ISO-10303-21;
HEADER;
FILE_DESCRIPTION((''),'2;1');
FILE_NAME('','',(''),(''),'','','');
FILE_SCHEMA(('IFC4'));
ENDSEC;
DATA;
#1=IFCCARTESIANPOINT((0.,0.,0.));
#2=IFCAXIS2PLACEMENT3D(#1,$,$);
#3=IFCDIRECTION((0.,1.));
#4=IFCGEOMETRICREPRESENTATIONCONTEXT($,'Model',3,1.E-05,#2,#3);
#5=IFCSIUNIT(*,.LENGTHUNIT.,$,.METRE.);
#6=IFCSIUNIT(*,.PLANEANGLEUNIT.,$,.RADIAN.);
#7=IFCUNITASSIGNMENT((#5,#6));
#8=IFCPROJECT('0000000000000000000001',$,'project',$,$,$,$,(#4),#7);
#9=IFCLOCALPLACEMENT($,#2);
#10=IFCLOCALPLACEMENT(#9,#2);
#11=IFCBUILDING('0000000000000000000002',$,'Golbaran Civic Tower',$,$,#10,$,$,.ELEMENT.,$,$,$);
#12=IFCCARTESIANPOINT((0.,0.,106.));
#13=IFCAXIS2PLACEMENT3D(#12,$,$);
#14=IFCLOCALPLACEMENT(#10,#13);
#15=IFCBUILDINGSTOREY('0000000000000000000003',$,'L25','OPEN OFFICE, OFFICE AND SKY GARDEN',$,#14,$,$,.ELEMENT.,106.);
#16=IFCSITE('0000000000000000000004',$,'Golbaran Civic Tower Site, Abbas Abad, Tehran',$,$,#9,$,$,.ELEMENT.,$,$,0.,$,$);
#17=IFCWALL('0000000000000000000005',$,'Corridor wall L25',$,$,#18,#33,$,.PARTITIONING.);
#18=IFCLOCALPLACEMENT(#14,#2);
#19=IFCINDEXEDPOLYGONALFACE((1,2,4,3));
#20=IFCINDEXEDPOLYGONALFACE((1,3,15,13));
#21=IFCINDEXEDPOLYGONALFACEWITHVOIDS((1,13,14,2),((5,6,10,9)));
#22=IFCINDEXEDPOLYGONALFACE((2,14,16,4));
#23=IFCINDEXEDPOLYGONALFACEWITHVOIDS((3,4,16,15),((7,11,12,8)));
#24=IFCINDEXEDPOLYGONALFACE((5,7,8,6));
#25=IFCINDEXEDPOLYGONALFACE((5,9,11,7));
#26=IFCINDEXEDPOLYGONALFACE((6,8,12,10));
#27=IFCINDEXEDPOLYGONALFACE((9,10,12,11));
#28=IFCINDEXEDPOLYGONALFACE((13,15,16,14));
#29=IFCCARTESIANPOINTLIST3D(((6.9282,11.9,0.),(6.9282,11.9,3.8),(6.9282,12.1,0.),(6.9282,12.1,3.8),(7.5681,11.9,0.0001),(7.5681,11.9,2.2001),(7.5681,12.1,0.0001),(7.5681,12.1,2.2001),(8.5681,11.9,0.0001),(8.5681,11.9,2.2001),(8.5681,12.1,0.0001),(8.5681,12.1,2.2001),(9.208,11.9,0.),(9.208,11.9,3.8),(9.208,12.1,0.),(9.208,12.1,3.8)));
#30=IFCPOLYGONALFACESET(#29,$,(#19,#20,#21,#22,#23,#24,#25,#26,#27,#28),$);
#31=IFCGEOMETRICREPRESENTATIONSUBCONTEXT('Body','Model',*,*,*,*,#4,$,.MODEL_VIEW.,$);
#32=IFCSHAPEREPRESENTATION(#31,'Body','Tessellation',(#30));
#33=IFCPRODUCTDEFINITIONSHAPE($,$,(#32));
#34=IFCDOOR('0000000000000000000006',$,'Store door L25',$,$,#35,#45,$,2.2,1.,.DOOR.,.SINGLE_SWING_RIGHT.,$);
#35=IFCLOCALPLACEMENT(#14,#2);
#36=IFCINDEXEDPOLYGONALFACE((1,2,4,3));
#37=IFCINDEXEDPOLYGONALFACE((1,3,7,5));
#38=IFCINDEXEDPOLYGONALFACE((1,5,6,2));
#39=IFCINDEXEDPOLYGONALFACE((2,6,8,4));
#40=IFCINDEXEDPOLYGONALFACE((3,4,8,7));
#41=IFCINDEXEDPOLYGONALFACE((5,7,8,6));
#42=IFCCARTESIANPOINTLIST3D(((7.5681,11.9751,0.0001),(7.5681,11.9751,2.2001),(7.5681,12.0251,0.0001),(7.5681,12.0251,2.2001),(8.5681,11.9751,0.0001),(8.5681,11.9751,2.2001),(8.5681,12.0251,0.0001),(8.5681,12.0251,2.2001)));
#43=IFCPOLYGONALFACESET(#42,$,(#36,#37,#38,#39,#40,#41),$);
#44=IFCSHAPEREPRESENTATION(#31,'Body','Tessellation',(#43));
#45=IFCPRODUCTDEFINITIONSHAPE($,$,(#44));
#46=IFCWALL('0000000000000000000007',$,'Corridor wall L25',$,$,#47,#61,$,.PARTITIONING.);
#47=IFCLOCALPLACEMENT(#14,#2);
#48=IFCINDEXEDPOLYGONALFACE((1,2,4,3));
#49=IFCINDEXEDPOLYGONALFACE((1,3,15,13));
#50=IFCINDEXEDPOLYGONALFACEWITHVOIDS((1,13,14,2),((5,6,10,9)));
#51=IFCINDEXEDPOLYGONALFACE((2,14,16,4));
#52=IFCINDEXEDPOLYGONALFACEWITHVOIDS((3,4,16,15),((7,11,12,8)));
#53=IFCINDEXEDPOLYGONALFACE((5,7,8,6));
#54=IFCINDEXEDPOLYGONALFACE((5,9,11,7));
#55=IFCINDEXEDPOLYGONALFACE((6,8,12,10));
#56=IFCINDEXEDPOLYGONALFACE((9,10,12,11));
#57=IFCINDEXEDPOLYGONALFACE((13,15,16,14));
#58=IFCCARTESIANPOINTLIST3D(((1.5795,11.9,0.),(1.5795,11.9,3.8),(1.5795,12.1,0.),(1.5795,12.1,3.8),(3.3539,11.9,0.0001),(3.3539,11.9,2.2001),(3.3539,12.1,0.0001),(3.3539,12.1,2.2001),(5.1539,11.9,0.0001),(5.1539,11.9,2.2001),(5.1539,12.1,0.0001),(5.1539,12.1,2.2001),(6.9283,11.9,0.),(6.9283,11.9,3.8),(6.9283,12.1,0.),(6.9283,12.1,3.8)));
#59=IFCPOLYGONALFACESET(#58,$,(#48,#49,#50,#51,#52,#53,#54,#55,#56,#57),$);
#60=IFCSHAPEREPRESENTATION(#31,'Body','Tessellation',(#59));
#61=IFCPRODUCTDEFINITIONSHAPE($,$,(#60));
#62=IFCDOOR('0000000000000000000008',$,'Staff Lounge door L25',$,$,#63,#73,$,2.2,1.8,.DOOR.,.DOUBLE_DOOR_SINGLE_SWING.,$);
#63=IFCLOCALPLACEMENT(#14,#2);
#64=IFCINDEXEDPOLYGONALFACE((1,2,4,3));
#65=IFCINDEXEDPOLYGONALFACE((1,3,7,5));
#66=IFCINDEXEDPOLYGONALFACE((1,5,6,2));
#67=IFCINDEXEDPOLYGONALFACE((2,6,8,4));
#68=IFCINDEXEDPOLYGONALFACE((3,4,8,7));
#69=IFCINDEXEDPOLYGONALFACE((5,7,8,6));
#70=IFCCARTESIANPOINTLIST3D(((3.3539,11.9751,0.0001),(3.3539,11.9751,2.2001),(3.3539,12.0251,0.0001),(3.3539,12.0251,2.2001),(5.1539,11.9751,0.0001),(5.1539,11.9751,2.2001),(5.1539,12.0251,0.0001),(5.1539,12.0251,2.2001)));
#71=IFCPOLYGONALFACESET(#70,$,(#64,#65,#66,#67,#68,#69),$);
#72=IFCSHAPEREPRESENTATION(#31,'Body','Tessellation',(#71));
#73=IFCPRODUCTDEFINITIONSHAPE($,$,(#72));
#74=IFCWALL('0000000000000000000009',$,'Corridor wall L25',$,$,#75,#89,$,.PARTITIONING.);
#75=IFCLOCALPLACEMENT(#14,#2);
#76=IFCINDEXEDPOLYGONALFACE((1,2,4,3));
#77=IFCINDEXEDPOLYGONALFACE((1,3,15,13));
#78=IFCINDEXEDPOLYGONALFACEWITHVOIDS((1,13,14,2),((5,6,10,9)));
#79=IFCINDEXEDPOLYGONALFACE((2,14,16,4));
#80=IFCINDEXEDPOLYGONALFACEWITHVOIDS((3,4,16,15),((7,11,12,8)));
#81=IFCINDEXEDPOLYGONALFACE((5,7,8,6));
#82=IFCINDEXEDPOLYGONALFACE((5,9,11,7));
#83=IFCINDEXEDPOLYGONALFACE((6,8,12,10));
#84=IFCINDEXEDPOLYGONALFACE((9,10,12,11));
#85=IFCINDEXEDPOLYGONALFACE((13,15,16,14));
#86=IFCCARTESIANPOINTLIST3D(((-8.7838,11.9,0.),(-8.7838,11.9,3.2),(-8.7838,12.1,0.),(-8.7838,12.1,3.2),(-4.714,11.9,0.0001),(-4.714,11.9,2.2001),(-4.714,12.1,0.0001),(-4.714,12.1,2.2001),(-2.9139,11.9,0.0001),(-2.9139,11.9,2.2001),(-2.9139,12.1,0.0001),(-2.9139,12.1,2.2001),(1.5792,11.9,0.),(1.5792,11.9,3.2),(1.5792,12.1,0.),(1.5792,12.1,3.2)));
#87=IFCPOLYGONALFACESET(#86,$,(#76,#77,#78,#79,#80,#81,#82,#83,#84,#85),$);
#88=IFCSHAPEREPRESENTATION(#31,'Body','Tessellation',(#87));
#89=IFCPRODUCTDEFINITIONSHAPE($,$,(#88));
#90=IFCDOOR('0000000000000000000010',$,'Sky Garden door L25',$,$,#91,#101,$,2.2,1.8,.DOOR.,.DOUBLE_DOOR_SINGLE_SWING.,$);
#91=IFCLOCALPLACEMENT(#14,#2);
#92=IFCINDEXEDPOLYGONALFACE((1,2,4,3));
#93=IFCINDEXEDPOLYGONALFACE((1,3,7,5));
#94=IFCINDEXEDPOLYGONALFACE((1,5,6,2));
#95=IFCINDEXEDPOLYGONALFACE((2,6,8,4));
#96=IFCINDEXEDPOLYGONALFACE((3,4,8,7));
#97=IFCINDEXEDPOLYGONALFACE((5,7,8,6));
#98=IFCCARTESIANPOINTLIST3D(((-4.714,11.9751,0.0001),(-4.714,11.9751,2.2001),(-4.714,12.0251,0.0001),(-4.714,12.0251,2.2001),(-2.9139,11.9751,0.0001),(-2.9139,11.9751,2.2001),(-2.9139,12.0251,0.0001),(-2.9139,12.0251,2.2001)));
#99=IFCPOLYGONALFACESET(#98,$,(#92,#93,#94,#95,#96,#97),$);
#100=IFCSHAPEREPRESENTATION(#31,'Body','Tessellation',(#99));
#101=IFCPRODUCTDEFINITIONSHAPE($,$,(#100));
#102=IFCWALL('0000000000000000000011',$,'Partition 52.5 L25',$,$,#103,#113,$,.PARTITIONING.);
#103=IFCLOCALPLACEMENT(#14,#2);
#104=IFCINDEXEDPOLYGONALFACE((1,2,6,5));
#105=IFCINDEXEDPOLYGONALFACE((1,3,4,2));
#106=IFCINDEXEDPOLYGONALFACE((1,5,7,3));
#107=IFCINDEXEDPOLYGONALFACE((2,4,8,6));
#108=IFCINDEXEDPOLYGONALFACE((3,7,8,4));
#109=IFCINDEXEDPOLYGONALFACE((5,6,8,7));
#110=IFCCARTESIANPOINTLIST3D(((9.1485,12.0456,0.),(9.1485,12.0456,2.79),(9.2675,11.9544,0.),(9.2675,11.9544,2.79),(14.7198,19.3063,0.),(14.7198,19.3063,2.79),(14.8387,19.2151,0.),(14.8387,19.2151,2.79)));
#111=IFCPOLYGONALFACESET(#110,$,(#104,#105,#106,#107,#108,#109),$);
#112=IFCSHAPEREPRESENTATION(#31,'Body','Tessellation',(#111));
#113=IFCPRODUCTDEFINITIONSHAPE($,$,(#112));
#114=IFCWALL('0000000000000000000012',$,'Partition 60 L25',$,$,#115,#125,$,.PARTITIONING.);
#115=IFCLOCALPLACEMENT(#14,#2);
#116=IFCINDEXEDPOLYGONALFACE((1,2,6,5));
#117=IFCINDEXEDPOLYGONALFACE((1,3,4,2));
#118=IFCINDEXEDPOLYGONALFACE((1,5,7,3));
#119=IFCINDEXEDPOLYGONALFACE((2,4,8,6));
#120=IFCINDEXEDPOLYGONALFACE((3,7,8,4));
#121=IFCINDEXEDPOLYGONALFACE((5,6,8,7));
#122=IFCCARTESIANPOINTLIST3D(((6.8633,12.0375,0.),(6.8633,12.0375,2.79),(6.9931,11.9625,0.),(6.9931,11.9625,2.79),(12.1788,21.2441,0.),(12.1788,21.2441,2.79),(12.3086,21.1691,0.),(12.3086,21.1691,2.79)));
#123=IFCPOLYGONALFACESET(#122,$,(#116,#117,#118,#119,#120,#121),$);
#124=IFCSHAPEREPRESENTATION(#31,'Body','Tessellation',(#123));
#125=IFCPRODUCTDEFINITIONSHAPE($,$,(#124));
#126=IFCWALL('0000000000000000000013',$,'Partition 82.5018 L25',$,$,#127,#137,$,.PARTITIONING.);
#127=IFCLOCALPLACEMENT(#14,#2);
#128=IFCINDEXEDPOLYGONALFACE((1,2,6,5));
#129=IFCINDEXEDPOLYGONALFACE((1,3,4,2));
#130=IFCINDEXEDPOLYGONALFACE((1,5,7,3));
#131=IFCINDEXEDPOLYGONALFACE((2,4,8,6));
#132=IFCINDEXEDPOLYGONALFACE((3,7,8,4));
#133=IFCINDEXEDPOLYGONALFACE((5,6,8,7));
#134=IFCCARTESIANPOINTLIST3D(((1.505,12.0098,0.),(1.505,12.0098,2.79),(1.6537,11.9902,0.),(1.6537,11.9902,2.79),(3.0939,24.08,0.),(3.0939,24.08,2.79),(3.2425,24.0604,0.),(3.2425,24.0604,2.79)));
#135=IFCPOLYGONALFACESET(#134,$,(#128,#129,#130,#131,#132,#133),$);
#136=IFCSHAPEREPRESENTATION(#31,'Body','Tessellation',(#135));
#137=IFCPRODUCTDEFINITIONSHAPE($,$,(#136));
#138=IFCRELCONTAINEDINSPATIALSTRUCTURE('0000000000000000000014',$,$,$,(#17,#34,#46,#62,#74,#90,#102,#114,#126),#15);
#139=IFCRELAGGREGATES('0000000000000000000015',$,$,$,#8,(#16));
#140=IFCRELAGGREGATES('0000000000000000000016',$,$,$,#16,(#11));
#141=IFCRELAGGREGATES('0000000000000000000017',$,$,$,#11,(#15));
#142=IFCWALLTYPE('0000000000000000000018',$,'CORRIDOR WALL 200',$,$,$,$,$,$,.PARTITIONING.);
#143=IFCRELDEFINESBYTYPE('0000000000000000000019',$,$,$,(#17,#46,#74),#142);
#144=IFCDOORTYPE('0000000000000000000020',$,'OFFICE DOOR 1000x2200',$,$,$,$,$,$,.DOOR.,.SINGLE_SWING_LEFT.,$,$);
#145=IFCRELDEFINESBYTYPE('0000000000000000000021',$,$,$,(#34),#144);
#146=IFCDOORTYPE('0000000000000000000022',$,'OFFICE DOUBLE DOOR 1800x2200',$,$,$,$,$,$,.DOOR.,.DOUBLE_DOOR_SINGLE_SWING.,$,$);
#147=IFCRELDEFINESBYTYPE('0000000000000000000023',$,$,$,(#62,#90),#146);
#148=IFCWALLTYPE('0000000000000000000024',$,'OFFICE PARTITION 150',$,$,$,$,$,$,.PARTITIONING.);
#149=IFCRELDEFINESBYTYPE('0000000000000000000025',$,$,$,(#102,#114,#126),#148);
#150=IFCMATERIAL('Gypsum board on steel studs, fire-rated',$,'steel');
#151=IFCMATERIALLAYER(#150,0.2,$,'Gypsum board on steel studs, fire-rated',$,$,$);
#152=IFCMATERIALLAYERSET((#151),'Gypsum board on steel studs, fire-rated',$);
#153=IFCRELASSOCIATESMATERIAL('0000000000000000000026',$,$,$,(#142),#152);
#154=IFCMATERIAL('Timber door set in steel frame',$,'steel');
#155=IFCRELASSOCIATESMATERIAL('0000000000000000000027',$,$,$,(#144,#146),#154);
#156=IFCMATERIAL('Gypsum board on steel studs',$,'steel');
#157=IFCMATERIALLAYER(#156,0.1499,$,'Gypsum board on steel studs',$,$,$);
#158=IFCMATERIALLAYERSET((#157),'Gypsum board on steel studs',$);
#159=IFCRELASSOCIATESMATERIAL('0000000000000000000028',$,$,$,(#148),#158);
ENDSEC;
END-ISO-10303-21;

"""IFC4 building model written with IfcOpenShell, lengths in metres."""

from ifc_helpers import new_model, si_unit, direction, frame, frame_2d, origin, place, context, subcontext, project, spatial, rectangle, extrude, material, layer, layer_set, type_object, element, fill, save


model = new_model("IFC4")

# Units and contexts
model_context = context("Model", 3, precision=1e-05, world=origin(), true_north=direction((0.0, 1.0)))
body_context = subcontext(model_context, "Body", "Model", "MODEL_VIEW")
ifc_project = project(units=[si_unit("LENGTHUNIT", "METRE"), si_unit("PLANEANGLEUNIT", "RADIAN")], contexts=[model_context])

# Site, building, storey
site_placement = place(None, origin())
site = spatial("IfcSite", under=ifc_project, at=site_placement, Name="Golbaran Civic Tower Site, Abbas Abad, Tehran", CompositionType="ELEMENT", RefElevation=0.0)
building_placement = place(site_placement, origin())
building = spatial("IfcBuilding", under=site, at=building_placement, Name="Golbaran Civic Tower", CompositionType="ELEMENT")
storey_placement = place(building_placement, frame((0.0, 0.0, 106.0)))
storey = spatial("IfcBuildingStorey", under=building, at=storey_placement, Name="L25", Description="OPEN OFFICE, OFFICE AND SKY GARDEN", CompositionType="ELEMENT", Elevation=106.0)

# Shared definitions
ifc_material_1 = material(Name="Timber door set in steel frame", Category="steel")

# Shared definitions
ifc_material_2 = material(Name="Gypsum board on steel studs, fire-rated", Category="steel")
ifc_layer_1 = layer(ifc_material_2, 0.2, Name="Gypsum board on steel studs, fire-rated")
ifc_layer_set_1 = layer_set([ifc_layer_1], Name="Gypsum board on steel studs, fire-rated")
wall_type_1 = type_object("IfcWallType", Name="CORRIDOR WALL 200", PredefinedType="PARTITIONING", material=ifc_layer_set_1)

# Walls, openings, doors
wall_1_placement = place(storey_placement, frame((9.208, 12.0, 0.0), z_axis=(0.0, 0.0, 1.0), x_axis=(-1.0, 0.0, 0.0)))
wall_1 = element("IfcWall", 1, at=wall_1_placement, inside=storey, type_object=wall_type_1, Name="Corridor wall L25", PredefinedType="PARTITIONING", context=body_context, shape_type="SweptSolid", body=[
    extrude(rectangle(XDim=2.2798, YDim=0.2, at=frame_2d((1.1399, 0.0))), origin(), (0.0, 0.0, 1.0), 3.8),
])
opening_1_placement = place(wall_1_placement, frame((0.6399, 0.0, 0.0)))
opening_1 = element("IfcOpeningElement", 2, at=opening_1_placement, cuts=wall_1, PredefinedType="OPENING", context=body_context, shape_type="SweptSolid", body=[
    extrude(rectangle(XDim=1.0, YDim=2.2, at=frame_2d((0.5, 1.1001))), frame((0.0, 0.1099, 0.0), z_axis=(0.0, -1.0, 0.0), x_axis=(1.0, 0.0, 0.0)), (0.0, 0.0, 1.0), 0.22),
])
door_type_1 = type_object("IfcDoorType", Name="OFFICE DOOR 1000x2200", OperationType="SINGLE_SWING_LEFT", PredefinedType="DOOR", material=ifc_material_1)
door_1_placement = place(opening_1_placement, origin())
door_1 = element("IfcDoor", 3, at=door_1_placement, inside=storey, type_object=door_type_1, Name="Store door L25", OperationType="SINGLE_SWING_RIGHT", OverallHeight=2.2, OverallWidth=1.0, PredefinedType="DOOR", context=body_context, shape_type="SweptSolid", body=[
    extrude(rectangle(XDim=1.0, YDim=2.2, at=frame_2d((0.5, 1.1001))), frame((0.0, 0.0249, 0.0), z_axis=(0.0, -1.0, 0.0), x_axis=(1.0, 0.0, 0.0)), (0.0, 0.0, 1.0), 0.05),
])
fill(opening_1, door_1)
wall_2_placement = place(storey_placement, frame((6.9282, 12.0, 0.0), z_axis=(0.0, 0.0, 1.0), x_axis=(-1.0, 0.0, 0.0)))
wall_2 = element("IfcWall", 4, at=wall_2_placement, inside=storey, type_object=wall_type_1, Name="Corridor wall L25", PredefinedType="PARTITIONING", context=body_context, shape_type="SweptSolid", body=[
    extrude(rectangle(XDim=5.3489, YDim=0.2, at=frame_2d((2.6743, 0.0))), origin(), (0.0, 0.0, 1.0), 3.8),
])
opening_2_placement = place(wall_2_placement, frame((1.7744, 0.0, 0.0)))
opening_2 = element("IfcOpeningElement", 5, at=opening_2_placement, cuts=wall_2, PredefinedType="OPENING", context=body_context, shape_type="SweptSolid", body=[
    extrude(rectangle(XDim=1.8, YDim=2.2, at=frame_2d((0.8999, 1.1001))), frame((0.0, 0.1099, 0.0), z_axis=(0.0, -1.0, 0.0), x_axis=(1.0, 0.0, 0.0)), (0.0, 0.0, 1.0), 0.22),
])
door_type_2 = type_object("IfcDoorType", Name="OFFICE DOUBLE DOOR 1800x2200", OperationType="DOUBLE_DOOR_SINGLE_SWING", PredefinedType="DOOR", material=ifc_material_1)
door_2_placement = place(opening_2_placement, origin())
door_2 = element("IfcDoor", 6, at=door_2_placement, inside=storey, type_object=door_type_2, Name="Staff Lounge door L25", OperationType="DOUBLE_DOOR_SINGLE_SWING", OverallHeight=2.2, OverallWidth=1.8, PredefinedType="DOOR", context=body_context, shape_type="SweptSolid", body=[
    extrude(rectangle(XDim=1.8, YDim=2.2, at=frame_2d((0.8999, 1.1001))), frame((0.0, 0.0249, 0.0), z_axis=(0.0, -1.0, 0.0), x_axis=(1.0, 0.0, 0.0)), (0.0, 0.0, 1.0), 0.05),
])
fill(opening_2, door_2)
wall_3_placement = place(storey_placement, frame((1.5793, 12.0, 0.0), z_axis=(0.0, 0.0, 1.0), x_axis=(-1.0, 0.0, 0.0)))
wall_3 = element("IfcWall", 7, at=wall_3_placement, inside=storey, type_object=wall_type_1, Name="Corridor wall L25", PredefinedType="PARTITIONING", context=body_context, shape_type="SweptSolid", body=[
    extrude(rectangle(XDim=10.363, YDim=0.2, at=frame_2d((5.1816, 0.0))), origin(), (0.0, 0.0, 1.0), 3.2),
])
opening_3_placement = place(wall_3_placement, frame((4.4934, 0.0, 0.0)))
opening_3 = element("IfcOpeningElement", 8, at=opening_3_placement, cuts=wall_3, PredefinedType="OPENING", context=body_context, shape_type="SweptSolid", body=[
    extrude(rectangle(XDim=1.8, YDim=2.2, at=frame_2d((0.8999, 1.1001))), frame((0.0, 0.1099, 0.0), z_axis=(0.0, -1.0, 0.0), x_axis=(1.0, 0.0, 0.0)), (0.0, 0.0, 1.0), 0.22),
])
door_3_placement = place(opening_3_placement, origin())
door_3 = element("IfcDoor", 9, at=door_3_placement, inside=storey, type_object=door_type_2, Name="Sky Garden door L25", OperationType="DOUBLE_DOOR_SINGLE_SWING", OverallHeight=2.2, OverallWidth=1.8, PredefinedType="DOOR", context=body_context, shape_type="SweptSolid", body=[
    extrude(rectangle(XDim=1.8, YDim=2.2, at=frame_2d((0.8999, 1.1001))), frame((0.0, 0.0249, 0.0), z_axis=(0.0, -1.0, 0.0), x_axis=(1.0, 0.0, 0.0)), (0.0, 0.0, 1.0), 0.05),
])
fill(opening_3, door_3)

# Walls
ifc_material_3 = material(Name="Gypsum board on steel studs", Category="steel")
ifc_layer_2 = layer(ifc_material_3, 0.1499, Name="Gypsum board on steel studs")
ifc_layer_set_2 = layer_set([ifc_layer_2], Name="Gypsum board on steel studs")
wall_type_2 = type_object("IfcWallType", Name="OFFICE PARTITION 150", PredefinedType="PARTITIONING", material=ifc_layer_set_2)
wall_4_placement = place(storey_placement, frame((9.208, 12.0, 0.0), z_axis=(0.0, 0.0, 1.0), x_axis=(0.608756, 0.793357, 0.0)))
element("IfcWall", 10, at=wall_4_placement, inside=storey, type_object=wall_type_2, Name="Partition 52.5 L25", PredefinedType="PARTITIONING", context=body_context, shape_type="SweptSolid", body=[
    extrude(rectangle(XDim=9.1519, YDim=0.1499, at=frame_2d((4.5759, 0.0))), origin(), (0.0, 0.0, 1.0), 2.79),
])
wall_5_placement = place(storey_placement, frame((6.9282, 12.0, 0.0), z_axis=(0.0, 0.0, 1.0), x_axis=(0.500002, 0.866024, 0.0)))
element("IfcWall", 11, at=wall_5_placement, inside=storey, type_object=wall_type_2, Name="Partition 60 L25", PredefinedType="PARTITIONING", context=body_context, shape_type="SweptSolid", body=[
    extrude(rectangle(XDim=10.6309, YDim=0.1499, at=frame_2d((5.3154, 0.0))), origin(), (0.0, 0.0, 1.0), 2.79),
])
wall_6_placement = place(storey_placement, frame((1.5793, 12.0, 0.0), z_axis=(0.0, 0.0, 1.0), x_axis=(0.130511, 0.991447, 0.0)))
element("IfcWall", 12, at=wall_6_placement, inside=storey, type_object=wall_type_2, Name="Partition 82.5018 L25", PredefinedType="PARTITIONING", context=body_context, shape_type="SweptSolid", body=[
    extrude(rectangle(XDim=12.1743, YDim=0.1499, at=frame_2d((6.0872, 0.0))), origin(), (0.0, 0.0, 1.0), 2.79),
])

save(model, "model.ifc")
